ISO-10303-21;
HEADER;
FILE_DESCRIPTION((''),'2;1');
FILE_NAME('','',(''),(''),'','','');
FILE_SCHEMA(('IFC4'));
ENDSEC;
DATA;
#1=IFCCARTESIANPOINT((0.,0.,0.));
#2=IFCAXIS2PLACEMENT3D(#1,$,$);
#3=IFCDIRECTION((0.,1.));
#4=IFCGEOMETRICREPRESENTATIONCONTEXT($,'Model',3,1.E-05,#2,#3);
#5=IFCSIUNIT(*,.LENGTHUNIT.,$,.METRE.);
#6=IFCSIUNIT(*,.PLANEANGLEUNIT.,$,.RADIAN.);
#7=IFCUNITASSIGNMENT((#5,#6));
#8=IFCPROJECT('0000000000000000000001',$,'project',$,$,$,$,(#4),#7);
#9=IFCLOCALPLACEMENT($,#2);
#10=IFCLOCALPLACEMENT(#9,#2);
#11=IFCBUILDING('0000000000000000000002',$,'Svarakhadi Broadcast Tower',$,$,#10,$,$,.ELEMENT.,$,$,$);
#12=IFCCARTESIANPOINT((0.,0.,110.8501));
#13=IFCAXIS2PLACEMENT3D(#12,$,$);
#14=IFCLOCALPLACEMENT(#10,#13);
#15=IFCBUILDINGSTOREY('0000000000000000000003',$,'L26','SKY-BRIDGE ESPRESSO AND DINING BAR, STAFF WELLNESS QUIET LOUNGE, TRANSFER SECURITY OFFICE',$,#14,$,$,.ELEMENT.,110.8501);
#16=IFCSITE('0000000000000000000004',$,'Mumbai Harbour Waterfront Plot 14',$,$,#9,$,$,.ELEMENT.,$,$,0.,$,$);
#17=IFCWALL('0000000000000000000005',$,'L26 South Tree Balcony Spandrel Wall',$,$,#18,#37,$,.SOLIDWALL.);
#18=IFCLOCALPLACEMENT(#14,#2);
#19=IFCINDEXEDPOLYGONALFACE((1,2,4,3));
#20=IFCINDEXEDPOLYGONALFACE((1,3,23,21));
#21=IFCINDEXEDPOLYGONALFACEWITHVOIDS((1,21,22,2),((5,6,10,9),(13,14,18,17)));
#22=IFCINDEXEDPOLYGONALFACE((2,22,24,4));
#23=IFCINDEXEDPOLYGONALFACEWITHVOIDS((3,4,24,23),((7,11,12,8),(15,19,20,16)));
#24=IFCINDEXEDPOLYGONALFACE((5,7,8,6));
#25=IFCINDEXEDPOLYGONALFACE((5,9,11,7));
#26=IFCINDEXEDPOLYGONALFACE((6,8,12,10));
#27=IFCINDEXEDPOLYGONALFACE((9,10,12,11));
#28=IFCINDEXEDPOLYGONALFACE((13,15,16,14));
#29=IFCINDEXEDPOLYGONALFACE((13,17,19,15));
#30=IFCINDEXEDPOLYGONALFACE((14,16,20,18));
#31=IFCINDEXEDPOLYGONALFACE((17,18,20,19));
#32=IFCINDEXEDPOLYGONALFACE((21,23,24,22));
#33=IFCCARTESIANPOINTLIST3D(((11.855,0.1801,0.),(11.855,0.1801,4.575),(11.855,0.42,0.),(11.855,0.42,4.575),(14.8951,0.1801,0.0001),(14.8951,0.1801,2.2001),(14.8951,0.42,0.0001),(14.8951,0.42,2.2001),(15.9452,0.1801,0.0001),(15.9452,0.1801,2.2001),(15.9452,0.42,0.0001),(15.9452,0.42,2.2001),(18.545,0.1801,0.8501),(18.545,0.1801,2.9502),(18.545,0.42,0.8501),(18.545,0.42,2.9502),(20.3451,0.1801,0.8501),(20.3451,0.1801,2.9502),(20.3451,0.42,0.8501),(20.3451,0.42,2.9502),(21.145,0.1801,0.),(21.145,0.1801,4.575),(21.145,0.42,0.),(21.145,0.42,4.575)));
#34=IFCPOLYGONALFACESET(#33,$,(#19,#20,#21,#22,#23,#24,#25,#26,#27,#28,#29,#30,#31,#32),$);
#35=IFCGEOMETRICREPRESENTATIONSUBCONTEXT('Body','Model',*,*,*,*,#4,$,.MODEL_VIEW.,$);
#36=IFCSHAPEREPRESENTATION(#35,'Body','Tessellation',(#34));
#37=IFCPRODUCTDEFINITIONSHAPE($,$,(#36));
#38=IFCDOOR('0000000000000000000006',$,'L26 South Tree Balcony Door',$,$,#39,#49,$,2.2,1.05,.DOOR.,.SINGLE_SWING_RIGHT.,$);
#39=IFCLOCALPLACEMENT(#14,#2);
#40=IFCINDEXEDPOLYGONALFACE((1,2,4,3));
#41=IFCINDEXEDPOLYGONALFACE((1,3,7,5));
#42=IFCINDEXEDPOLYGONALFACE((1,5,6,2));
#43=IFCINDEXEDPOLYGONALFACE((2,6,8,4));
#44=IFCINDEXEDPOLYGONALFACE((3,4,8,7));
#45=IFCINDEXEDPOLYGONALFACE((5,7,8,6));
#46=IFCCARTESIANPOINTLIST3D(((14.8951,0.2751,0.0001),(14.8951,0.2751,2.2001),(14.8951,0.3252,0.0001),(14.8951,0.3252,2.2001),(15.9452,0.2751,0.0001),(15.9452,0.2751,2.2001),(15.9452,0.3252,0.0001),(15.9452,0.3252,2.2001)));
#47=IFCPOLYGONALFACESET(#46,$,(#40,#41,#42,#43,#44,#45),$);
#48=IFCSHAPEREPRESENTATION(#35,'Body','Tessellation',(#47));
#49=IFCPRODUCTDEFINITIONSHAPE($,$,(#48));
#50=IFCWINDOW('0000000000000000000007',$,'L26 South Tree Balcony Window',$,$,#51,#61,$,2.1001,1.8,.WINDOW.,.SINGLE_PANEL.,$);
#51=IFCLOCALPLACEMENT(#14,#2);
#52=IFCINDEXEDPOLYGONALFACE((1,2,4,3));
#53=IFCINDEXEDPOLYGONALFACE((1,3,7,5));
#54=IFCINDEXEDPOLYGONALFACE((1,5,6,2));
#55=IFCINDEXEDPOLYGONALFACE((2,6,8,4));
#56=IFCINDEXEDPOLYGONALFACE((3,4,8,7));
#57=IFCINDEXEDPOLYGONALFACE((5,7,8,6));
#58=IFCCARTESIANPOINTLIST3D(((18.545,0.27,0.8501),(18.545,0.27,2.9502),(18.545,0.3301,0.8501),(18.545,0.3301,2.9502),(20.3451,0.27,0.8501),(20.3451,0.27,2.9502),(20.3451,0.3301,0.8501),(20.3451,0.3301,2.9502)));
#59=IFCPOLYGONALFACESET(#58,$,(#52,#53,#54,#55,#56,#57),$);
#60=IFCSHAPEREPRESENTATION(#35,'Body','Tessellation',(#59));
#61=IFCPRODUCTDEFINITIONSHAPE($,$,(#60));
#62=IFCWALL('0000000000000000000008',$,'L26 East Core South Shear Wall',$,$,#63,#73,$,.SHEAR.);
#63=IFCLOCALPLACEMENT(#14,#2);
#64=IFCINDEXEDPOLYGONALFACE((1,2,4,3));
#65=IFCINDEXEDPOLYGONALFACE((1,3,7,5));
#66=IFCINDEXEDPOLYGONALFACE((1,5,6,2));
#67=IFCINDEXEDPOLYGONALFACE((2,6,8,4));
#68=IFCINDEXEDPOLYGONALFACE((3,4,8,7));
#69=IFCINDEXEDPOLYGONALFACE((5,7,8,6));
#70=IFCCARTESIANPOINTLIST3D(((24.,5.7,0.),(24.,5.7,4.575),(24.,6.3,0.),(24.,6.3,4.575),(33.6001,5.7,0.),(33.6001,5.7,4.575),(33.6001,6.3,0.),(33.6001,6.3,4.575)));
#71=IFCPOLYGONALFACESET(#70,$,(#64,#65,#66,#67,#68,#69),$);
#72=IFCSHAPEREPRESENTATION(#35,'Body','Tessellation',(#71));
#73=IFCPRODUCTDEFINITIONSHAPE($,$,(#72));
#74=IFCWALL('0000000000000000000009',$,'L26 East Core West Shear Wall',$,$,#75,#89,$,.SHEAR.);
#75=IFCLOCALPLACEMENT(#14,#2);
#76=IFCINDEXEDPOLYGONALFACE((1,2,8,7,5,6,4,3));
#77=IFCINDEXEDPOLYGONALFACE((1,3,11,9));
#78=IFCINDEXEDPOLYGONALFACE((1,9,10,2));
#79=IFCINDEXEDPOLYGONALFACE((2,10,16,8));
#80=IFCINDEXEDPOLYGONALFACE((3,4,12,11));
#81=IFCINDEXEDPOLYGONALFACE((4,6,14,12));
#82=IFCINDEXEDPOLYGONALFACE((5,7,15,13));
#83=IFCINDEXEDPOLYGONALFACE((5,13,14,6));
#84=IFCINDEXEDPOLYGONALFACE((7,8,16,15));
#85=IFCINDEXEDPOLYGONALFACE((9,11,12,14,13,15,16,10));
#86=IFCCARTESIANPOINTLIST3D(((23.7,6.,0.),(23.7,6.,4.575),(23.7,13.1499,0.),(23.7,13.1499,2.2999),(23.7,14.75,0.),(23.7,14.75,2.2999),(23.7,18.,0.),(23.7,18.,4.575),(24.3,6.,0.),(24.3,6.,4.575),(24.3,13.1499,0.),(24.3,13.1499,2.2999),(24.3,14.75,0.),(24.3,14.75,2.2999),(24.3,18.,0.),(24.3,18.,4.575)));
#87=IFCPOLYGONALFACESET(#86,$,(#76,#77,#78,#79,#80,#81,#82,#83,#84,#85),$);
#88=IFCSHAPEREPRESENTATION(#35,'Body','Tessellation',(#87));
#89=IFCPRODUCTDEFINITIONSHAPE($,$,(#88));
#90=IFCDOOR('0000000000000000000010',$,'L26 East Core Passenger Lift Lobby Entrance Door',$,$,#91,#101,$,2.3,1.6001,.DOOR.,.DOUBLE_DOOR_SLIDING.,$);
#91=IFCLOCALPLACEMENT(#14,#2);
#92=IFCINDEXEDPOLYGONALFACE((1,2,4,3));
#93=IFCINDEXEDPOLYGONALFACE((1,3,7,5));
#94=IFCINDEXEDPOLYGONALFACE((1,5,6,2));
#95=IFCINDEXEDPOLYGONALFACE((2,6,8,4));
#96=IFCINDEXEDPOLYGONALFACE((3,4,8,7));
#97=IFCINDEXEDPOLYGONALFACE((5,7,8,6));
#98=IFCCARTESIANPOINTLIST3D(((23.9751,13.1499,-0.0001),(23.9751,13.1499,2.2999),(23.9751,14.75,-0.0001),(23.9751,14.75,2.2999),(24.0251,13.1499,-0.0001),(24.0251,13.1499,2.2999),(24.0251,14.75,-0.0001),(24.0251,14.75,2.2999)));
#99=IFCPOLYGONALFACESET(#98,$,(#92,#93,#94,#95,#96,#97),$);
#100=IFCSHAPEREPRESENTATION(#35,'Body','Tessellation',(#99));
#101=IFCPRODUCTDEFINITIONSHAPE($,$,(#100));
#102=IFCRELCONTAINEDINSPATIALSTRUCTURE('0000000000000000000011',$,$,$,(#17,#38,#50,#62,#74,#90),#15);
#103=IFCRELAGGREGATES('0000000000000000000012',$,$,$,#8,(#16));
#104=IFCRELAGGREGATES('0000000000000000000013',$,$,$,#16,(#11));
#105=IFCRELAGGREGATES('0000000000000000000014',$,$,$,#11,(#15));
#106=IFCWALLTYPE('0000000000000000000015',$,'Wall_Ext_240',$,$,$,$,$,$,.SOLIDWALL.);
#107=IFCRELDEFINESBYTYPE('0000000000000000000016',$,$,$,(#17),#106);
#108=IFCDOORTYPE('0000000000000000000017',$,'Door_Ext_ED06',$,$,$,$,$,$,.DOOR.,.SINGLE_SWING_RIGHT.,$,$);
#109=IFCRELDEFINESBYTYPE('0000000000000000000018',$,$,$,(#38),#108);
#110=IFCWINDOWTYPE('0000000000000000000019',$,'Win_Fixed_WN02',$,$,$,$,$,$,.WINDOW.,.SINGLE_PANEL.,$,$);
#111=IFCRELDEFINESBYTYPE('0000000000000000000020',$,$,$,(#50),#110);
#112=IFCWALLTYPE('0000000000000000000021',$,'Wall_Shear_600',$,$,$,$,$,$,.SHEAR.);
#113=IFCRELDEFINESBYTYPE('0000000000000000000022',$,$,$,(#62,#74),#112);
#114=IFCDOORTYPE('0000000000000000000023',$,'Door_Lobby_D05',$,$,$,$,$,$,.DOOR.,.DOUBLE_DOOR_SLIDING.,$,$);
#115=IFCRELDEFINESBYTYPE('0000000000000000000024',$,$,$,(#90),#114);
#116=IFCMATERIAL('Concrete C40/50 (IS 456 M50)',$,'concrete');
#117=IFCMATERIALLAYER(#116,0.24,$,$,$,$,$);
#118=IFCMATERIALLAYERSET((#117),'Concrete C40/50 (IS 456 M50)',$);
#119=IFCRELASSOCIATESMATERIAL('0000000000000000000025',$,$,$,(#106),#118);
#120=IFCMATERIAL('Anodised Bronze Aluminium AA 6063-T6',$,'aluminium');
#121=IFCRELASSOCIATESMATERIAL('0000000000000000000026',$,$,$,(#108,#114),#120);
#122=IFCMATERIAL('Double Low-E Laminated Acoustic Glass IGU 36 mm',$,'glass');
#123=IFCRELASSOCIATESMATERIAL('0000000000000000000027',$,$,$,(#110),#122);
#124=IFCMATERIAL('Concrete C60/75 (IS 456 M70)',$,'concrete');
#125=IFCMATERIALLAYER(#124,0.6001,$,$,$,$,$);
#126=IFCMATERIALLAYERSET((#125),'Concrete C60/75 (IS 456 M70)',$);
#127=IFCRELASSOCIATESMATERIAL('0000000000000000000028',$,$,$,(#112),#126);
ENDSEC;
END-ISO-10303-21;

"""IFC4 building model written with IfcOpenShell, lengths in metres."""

from ifc_helpers import new_model, si_unit, direction, frame, frame_2d, origin, place, context, subcontext, project, spatial, rectangle, extrude, material, layer, layer_set, type_object, element, fill, save


model = new_model("IFC4")

# Units and contexts
model_context = context("Model", 3, precision=1e-05, world=origin(), true_north=direction((0.0, 1.0)))
body_context = subcontext(model_context, "Body", "Model", "MODEL_VIEW")
ifc_project = project(units=[si_unit("LENGTHUNIT", "METRE"), si_unit("PLANEANGLEUNIT", "RADIAN")], contexts=[model_context])

# Site, building, storey
site_placement = place(None, origin())
site = spatial("IfcSite", under=ifc_project, at=site_placement, Name="Mumbai Harbour Waterfront Plot 14", CompositionType="ELEMENT", RefElevation=0.0)
building_placement = place(site_placement, origin())
building = spatial("IfcBuilding", under=site, at=building_placement, Name="Svarakhadi Broadcast Tower", CompositionType="ELEMENT")
storey_placement = place(building_placement, frame((0.0, 0.0, 110.8501)))
storey = spatial("IfcBuildingStorey", under=building, at=storey_placement, Name="L26", Description="SKY-BRIDGE ESPRESSO AND DINING BAR, STAFF WELLNESS QUIET LOUNGE, TRANSFER SECURITY OFFICE", CompositionType="ELEMENT", Elevation=110.8501)

# Shared definitions
ifc_material_1 = material(Name="Anodised Bronze Aluminium AA 6063-T6", Category="aluminium")

# Shared definitions
ifc_material_2 = material(Name="Double Low-E Laminated Acoustic Glass IGU 36 mm", Category="glass")

# Wall, openings, door, window
ifc_material_3 = material(Name="Concrete C40/50 (IS 456 M50)", Category="concrete")
ifc_layer_1 = layer(ifc_material_3, 0.24)
ifc_layer_set_1 = layer_set([ifc_layer_1], Name="Concrete C40/50 (IS 456 M50)")
wall_type_1 = type_object("IfcWallType", Name="Wall_Ext_240", PredefinedType="SOLIDWALL", material=ifc_layer_set_1)
wall_1_placement = place(storey_placement, frame((21.145, 0.3, 0.0), z_axis=(0.0, 0.0, 1.0), x_axis=(-1.0, 0.0, 0.0)))
wall_1 = element("IfcWall", 1, at=wall_1_placement, inside=storey, type_object=wall_type_1, Name="L26 South Tree Balcony Spandrel Wall", PredefinedType="SOLIDWALL", context=body_context, shape_type="SweptSolid", body=[
    extrude(rectangle(XDim=9.29, YDim=0.24, at=frame_2d((4.645, 0.0))), origin(), (0.0, 0.0, 1.0), 4.575),
])
opening_1_placement = place(wall_1_placement, frame((5.2, 0.0, 0.0)))
opening_1 = element("IfcOpeningElement", 2, at=opening_1_placement, cuts=wall_1, PredefinedType="OPENING", context=body_context, shape_type="SweptSolid", body=[
    extrude(rectangle(XDim=1.05, YDim=2.2, at=frame_2d((0.5249, 1.1001))), frame((0.0, 0.1299, 0.0), z_axis=(0.0, -1.0, 0.0), x_axis=(1.0, 0.0, 0.0)), (0.0, 0.0, 1.0), 0.26),
])
opening_2_placement = place(wall_1_placement, frame((0.8, 0.0, 0.8501)))
opening_2 = element("IfcOpeningElement", 3, at=opening_2_placement, cuts=wall_1, PredefinedType="OPENING", context=body_context, shape_type="SweptSolid", body=[
    extrude(rectangle(XDim=1.8, YDim=2.1001, at=frame_2d((0.8999, 1.05))), frame((0.0, 0.1299, 0.0), z_axis=(0.0, -1.0, 0.0), x_axis=(1.0, 0.0, 0.0)), (0.0, 0.0, 1.0), 0.26),
])
door_type_1 = type_object("IfcDoorType", Name="Door_Ext_ED06", OperationType="SINGLE_SWING_RIGHT", PredefinedType="DOOR", material=ifc_material_1)
door_1_placement = place(opening_1_placement, origin())
door_1 = element("IfcDoor", 4, at=door_1_placement, inside=storey, type_object=door_type_1, Name="L26 South Tree Balcony Door", OperationType="SINGLE_SWING_RIGHT", OverallHeight=2.2, OverallWidth=1.05, PredefinedType="DOOR", context=body_context, shape_type="SweptSolid", body=[
    extrude(rectangle(XDim=1.05, YDim=2.2, at=frame_2d((0.5249, 1.1001))), frame((0.0, 0.0249, 0.0), z_axis=(0.0, -1.0, 0.0), x_axis=(1.0, 0.0, 0.0)), (0.0, 0.0, 1.0), 0.05),
])
fill(opening_1, door_1)
window_type = type_object("IfcWindowType", Name="Win_Fixed_WN02", PartitioningType="SINGLE_PANEL", PredefinedType="WINDOW", material=ifc_material_2)
window_placement = place(opening_2_placement, origin())
window = element("IfcWindow", 5, at=window_placement, inside=storey, type_object=window_type, Name="L26 South Tree Balcony Window", OverallHeight=2.1001, OverallWidth=1.8, PartitioningType="SINGLE_PANEL", PredefinedType="WINDOW", context=body_context, shape_type="SweptSolid", body=[
    extrude(rectangle(XDim=1.8, YDim=2.1001, at=frame_2d((0.8999, 1.05))), frame((0.0, 0.03, 0.0), z_axis=(0.0, -1.0, 0.0), x_axis=(1.0, 0.0, 0.0)), (0.0, 0.0, 1.0), 0.0601),
])
fill(opening_2, window)

# Wall
ifc_material_4 = material(Name="Concrete C60/75 (IS 456 M70)", Category="concrete")
ifc_layer_2 = layer(ifc_material_4, 0.6001)
ifc_layer_set_2 = layer_set([ifc_layer_2], Name="Concrete C60/75 (IS 456 M70)")
wall_type_2 = type_object("IfcWallType", Name="Wall_Shear_600", PredefinedType="SHEAR", material=ifc_layer_set_2)
wall_2_placement = place(storey_placement, frame((24.0, 6.0, 0.0), z_axis=(0.0, 0.0, 1.0), x_axis=(1.0, 0.0, 0.0)))
element("IfcWall", 6, at=wall_2_placement, inside=storey, type_object=wall_type_2, Name="L26 East Core South Shear Wall", PredefinedType="SHEAR", context=body_context, shape_type="SweptSolid", body=[
    extrude(rectangle(XDim=9.6001, YDim=0.6001, at=frame_2d((4.8, 0.0))), origin(), (0.0, 0.0, 1.0), 4.575),
])

# Wall, opening, door
wall_3_placement = place(storey_placement, frame((24.0, 6.0, 0.0), z_axis=(0.0, 0.0, 1.0), x_axis=(0.0, 1.0, 0.0)))
wall_3 = element("IfcWall", 7, at=wall_3_placement, inside=storey, type_object=wall_type_2, Name="L26 East Core West Shear Wall", PredefinedType="SHEAR", context=body_context, shape_type="SweptSolid", body=[
    extrude(rectangle(XDim=12.0, YDim=0.6001, at=frame_2d((6.0, 0.0))), origin(), (0.0, 0.0, 1.0), 4.575),
])
opening_3_placement = place(wall_3_placement, frame((7.1499, 0.0, 0.0)))
opening_3 = element("IfcOpeningElement", 8, at=opening_3_placement, cuts=wall_3, PredefinedType="OPENING", context=body_context, shape_type="SweptSolid", body=[
    extrude(rectangle(XDim=1.6001, YDim=2.3, at=frame_2d((0.8, 1.1499))), frame((0.0, 0.3101, 0.0), z_axis=(0.0, -1.0, 0.0), x_axis=(1.0, 0.0, 0.0)), (0.0, 0.0, 1.0), 0.6201),
])
door_type_2 = type_object("IfcDoorType", Name="Door_Lobby_D05", OperationType="DOUBLE_DOOR_SLIDING", PredefinedType="DOOR", material=ifc_material_1)
door_2_placement = place(opening_3_placement, origin())
door_2 = element("IfcDoor", 9, at=door_2_placement, inside=storey, type_object=door_type_2, Name="L26 East Core Passenger Lift Lobby Entrance Door", OperationType="DOUBLE_DOOR_SLIDING", OverallHeight=2.3, OverallWidth=1.6001, PredefinedType="DOOR", context=body_context, shape_type="SweptSolid", body=[
    extrude(rectangle(XDim=1.6001, YDim=2.3, at=frame_2d((0.8, 1.1499))), frame((0.0, 0.0249, 0.0), z_axis=(0.0, -1.0, 0.0), x_axis=(1.0, 0.0, 0.0)), (0.0, 0.0, 1.0), 0.05),
])
fill(opening_3, door_2)

save(model, "model.ifc")
